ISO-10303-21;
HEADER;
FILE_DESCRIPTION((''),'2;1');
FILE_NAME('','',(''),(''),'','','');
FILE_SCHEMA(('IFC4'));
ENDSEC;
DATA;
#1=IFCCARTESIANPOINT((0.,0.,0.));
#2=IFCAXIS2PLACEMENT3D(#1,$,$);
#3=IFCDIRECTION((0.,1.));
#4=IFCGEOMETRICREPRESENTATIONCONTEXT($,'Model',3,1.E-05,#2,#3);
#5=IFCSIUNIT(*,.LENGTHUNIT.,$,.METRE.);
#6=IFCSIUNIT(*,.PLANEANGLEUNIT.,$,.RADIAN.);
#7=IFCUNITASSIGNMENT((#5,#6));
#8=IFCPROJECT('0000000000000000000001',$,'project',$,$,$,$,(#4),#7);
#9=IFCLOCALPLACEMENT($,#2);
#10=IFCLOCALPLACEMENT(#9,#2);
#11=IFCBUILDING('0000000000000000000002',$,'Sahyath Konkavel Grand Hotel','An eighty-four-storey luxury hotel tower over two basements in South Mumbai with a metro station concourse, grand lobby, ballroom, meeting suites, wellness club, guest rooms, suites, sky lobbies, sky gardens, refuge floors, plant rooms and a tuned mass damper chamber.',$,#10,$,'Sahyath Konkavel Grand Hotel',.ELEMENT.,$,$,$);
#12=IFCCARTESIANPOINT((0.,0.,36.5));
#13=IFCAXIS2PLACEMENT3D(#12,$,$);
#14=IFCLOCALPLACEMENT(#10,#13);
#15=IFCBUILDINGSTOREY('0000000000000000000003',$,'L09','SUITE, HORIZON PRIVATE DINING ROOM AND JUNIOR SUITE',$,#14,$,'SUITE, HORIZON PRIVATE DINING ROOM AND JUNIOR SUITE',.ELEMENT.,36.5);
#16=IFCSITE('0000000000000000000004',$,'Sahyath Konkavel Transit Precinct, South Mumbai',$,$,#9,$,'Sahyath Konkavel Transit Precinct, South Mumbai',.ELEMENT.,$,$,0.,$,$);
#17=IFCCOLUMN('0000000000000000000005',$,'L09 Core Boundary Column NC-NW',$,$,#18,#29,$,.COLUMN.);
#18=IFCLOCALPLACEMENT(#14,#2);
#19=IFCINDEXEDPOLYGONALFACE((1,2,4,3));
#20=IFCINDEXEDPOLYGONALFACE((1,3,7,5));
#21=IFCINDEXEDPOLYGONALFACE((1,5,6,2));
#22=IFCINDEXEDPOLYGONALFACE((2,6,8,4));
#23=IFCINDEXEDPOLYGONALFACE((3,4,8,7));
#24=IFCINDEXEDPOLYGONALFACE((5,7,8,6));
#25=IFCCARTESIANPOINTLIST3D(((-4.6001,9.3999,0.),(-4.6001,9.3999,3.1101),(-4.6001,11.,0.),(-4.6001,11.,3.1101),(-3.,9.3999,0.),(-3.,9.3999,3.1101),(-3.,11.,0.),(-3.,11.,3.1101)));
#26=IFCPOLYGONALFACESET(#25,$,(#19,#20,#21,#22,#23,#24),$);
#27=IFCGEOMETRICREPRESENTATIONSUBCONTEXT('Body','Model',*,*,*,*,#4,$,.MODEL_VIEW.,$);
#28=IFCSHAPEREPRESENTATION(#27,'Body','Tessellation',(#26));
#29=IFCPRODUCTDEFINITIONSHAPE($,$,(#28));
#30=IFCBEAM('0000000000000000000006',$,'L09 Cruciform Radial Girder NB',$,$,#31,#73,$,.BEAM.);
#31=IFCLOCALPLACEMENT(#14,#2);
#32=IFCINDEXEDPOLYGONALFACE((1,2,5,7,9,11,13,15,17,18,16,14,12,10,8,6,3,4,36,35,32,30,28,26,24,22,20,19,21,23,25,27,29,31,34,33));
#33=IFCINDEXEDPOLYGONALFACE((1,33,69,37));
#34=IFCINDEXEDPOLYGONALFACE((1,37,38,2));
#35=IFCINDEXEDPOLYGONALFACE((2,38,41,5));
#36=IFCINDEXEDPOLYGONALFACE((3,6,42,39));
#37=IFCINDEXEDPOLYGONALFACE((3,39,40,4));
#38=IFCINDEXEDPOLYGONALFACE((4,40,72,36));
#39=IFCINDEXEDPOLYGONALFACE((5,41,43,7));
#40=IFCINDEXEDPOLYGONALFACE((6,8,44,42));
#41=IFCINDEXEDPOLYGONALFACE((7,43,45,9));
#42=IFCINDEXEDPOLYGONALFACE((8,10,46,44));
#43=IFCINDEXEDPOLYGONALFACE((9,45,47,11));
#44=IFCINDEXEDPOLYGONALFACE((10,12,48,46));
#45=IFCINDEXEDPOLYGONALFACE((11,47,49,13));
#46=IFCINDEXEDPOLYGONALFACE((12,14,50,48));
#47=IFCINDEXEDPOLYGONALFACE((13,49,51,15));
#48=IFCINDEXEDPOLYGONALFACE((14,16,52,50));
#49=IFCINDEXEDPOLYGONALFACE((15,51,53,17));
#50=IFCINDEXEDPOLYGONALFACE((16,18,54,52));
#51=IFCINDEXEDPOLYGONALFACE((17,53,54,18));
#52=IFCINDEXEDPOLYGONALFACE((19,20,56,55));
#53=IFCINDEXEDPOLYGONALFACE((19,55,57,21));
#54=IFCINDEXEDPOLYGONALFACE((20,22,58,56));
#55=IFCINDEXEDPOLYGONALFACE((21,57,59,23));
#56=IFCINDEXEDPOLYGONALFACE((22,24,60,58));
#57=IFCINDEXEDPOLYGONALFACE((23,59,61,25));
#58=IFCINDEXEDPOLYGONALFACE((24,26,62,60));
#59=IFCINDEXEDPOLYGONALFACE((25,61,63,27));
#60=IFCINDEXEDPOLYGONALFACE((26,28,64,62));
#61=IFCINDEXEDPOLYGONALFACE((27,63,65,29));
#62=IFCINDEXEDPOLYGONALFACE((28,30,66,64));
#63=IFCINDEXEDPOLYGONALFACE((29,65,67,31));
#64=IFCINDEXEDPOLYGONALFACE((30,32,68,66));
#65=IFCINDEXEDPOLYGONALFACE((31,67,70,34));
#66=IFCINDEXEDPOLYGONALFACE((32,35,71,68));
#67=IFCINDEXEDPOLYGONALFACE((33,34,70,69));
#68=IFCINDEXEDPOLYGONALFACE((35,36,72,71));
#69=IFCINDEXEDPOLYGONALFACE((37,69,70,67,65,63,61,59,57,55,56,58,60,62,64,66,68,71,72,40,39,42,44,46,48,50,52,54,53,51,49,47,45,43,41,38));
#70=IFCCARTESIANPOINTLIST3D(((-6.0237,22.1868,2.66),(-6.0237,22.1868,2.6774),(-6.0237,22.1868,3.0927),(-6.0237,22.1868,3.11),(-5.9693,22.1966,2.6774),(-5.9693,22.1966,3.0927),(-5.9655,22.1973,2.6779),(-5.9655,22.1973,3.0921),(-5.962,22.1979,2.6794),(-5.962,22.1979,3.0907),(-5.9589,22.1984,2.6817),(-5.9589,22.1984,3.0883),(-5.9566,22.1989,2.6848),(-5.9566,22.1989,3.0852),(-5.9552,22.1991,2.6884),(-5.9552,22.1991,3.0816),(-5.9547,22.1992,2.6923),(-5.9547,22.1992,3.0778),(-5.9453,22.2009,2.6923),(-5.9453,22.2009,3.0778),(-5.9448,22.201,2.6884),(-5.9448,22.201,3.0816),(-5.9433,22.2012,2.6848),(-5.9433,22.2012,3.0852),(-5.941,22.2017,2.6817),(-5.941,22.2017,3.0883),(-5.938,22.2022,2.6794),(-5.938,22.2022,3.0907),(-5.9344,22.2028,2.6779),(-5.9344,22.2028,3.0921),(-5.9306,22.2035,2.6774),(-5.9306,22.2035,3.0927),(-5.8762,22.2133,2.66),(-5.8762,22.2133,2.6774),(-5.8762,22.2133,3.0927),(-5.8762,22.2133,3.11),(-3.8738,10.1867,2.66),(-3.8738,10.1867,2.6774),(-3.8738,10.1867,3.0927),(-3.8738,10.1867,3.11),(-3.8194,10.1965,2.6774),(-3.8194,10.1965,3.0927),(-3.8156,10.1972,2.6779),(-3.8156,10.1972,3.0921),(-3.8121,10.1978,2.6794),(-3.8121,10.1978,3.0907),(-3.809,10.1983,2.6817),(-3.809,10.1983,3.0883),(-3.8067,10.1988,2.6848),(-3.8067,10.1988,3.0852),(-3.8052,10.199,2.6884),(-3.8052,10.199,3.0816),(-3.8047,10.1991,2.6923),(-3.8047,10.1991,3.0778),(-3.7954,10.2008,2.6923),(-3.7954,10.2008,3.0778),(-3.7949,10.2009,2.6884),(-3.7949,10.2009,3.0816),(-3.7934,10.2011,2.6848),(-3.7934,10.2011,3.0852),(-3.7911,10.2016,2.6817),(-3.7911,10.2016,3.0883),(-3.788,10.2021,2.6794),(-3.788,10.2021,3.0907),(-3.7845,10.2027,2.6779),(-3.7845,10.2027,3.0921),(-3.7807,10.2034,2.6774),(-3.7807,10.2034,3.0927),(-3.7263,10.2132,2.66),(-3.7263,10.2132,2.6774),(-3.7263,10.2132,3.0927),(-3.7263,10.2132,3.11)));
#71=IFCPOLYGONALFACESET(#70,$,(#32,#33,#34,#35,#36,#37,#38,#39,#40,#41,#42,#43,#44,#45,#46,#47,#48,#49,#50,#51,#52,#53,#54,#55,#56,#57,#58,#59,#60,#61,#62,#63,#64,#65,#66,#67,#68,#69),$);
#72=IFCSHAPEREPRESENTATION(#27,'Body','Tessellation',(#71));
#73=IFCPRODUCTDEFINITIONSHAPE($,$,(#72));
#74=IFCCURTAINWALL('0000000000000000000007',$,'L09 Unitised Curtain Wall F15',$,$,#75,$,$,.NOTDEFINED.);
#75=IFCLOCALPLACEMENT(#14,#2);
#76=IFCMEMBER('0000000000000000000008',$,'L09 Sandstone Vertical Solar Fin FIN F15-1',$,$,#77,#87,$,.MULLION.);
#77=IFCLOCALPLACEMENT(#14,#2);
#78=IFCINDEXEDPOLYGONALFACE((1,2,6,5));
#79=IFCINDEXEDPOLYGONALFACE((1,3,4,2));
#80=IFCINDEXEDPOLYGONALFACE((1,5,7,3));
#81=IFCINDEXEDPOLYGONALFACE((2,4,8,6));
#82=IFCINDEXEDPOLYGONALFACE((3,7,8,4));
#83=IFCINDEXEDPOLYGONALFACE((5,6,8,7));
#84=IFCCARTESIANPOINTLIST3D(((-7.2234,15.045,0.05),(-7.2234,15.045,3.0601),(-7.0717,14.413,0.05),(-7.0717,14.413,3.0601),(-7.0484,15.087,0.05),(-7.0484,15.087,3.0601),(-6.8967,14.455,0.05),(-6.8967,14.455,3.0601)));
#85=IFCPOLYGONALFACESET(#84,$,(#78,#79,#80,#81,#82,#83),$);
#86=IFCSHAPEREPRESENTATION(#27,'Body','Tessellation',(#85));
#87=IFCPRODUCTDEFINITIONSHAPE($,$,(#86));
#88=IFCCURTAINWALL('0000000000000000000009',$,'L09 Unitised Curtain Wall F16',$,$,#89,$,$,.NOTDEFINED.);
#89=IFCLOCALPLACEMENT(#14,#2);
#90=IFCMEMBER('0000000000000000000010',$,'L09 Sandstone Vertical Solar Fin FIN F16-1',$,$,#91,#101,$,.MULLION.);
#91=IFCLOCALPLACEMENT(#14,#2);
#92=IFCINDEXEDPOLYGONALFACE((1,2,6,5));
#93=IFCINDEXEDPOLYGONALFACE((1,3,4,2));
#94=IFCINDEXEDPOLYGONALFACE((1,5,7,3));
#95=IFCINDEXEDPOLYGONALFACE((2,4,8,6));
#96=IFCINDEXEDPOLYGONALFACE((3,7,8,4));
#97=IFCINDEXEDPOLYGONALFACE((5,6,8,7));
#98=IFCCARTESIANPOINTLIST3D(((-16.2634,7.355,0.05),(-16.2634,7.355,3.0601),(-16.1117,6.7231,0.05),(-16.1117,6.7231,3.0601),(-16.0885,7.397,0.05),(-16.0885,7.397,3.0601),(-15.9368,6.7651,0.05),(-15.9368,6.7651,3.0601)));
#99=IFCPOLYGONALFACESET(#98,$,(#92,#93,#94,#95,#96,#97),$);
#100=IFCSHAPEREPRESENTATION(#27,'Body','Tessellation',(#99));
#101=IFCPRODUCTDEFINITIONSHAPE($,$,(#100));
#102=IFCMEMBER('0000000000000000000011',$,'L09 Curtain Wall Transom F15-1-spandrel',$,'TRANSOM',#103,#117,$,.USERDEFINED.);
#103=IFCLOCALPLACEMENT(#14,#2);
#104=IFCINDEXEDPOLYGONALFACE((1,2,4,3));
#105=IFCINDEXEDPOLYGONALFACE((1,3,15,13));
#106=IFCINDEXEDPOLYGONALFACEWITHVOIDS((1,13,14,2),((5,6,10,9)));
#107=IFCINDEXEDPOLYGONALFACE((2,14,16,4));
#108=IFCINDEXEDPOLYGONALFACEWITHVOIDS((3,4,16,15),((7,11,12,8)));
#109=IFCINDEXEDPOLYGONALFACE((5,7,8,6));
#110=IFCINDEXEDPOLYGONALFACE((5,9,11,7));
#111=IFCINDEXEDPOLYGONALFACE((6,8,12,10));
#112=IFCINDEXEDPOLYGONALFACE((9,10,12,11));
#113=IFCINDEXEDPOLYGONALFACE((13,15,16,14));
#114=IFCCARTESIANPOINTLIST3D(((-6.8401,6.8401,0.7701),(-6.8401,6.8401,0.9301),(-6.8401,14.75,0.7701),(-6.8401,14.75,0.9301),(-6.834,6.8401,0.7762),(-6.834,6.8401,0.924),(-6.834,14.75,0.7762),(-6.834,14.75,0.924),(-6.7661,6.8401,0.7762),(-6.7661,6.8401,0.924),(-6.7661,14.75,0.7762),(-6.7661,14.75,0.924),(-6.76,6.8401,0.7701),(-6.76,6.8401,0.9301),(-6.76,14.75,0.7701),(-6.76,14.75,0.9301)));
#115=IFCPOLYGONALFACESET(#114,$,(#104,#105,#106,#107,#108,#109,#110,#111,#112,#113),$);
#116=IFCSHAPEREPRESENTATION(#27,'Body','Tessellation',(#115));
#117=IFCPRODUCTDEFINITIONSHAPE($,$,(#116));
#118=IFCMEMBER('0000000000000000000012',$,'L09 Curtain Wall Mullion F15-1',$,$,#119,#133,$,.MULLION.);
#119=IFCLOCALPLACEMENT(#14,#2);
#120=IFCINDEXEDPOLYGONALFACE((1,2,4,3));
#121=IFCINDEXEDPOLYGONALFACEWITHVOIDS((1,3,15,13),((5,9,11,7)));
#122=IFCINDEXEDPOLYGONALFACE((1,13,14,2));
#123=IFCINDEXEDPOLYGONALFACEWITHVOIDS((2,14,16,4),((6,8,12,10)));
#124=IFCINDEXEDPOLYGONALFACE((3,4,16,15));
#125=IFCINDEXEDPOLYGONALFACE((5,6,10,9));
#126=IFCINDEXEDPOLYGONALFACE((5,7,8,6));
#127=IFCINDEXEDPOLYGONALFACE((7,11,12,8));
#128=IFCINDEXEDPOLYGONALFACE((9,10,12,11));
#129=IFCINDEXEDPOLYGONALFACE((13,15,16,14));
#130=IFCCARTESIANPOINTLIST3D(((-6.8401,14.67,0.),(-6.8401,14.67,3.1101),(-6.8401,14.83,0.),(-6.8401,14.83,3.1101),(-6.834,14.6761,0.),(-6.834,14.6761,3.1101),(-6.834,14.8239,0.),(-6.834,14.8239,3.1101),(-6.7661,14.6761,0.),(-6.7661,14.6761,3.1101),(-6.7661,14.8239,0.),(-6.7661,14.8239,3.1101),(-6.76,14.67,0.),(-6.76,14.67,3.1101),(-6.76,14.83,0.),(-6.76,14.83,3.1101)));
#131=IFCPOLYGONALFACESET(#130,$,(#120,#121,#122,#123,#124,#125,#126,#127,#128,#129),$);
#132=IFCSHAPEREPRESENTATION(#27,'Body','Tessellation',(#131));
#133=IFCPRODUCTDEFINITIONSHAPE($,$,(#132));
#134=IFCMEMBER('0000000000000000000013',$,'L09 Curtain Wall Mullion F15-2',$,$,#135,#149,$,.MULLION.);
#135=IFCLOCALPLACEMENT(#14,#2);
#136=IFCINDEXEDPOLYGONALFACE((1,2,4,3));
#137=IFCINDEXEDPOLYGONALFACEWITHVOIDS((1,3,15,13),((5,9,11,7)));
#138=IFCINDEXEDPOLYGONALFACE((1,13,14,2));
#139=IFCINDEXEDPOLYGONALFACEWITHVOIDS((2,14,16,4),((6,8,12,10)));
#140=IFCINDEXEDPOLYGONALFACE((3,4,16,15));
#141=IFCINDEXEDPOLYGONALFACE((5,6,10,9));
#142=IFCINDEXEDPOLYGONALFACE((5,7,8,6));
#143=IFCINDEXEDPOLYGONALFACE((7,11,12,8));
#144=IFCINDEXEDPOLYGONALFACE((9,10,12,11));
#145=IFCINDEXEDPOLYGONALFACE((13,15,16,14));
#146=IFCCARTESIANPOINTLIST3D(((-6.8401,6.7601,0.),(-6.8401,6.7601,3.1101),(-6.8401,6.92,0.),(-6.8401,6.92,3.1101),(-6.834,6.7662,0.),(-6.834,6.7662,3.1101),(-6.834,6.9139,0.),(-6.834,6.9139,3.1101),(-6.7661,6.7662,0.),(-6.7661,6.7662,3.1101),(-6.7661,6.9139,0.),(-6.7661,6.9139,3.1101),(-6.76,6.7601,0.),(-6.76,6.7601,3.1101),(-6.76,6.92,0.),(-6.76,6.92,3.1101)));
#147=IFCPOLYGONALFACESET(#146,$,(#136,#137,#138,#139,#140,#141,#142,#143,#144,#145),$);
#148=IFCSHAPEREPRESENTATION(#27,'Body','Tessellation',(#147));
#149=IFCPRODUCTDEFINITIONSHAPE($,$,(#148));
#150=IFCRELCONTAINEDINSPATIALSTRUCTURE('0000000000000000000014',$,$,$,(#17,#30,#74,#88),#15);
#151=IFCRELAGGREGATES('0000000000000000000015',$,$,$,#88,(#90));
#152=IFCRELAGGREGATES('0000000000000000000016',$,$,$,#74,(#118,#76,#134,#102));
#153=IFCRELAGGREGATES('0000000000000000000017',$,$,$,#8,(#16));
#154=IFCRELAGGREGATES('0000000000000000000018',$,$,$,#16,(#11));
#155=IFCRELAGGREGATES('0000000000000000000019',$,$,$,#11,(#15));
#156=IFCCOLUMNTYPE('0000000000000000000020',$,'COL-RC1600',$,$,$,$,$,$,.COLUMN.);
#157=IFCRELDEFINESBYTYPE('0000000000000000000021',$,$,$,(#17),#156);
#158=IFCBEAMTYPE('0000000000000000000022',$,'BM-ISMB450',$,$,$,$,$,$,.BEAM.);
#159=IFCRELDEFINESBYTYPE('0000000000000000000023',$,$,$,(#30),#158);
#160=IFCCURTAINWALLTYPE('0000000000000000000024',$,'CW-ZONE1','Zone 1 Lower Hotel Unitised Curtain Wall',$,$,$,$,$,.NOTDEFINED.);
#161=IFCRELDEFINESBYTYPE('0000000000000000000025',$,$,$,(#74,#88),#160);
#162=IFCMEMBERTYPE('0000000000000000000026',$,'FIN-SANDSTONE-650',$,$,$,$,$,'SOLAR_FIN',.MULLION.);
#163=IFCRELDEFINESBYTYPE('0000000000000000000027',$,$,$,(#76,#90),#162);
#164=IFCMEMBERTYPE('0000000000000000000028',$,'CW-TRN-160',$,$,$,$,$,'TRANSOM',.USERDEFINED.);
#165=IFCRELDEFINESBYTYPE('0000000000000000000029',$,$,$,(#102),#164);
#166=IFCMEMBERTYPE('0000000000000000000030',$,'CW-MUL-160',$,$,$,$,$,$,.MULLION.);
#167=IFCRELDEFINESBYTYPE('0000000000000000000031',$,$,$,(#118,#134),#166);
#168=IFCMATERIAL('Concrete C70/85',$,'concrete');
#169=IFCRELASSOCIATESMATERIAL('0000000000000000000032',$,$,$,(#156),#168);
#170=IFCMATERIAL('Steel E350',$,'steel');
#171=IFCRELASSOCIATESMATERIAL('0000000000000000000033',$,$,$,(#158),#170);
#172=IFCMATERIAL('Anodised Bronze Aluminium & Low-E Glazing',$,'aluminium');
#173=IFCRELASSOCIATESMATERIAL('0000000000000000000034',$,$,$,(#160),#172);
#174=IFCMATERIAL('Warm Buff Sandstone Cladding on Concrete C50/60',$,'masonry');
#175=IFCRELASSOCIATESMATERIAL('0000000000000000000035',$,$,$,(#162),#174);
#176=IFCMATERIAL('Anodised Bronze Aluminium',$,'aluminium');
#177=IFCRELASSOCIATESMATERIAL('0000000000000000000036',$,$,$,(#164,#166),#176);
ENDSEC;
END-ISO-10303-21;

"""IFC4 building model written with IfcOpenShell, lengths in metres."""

from ifc_helpers import new_model, si_unit, direction, frame, origin, origin_2d, place, context, subcontext, project, spatial, rectangle, hollow_rectangle, i_section, extrude, source, transform, mapped, material, material_profile, profile_set, type_object, element, aggregate, save


model = new_model("IFC4")

# Units and contexts
model_context = context("Model", 3, precision=1e-05, world=origin(), true_north=direction((0.0, 1.0)))
body_context = subcontext(model_context, "Body", "Model", "MODEL_VIEW")
ifc_project = project(units=[si_unit("LENGTHUNIT", "METRE"), si_unit("PLANEANGLEUNIT", "RADIAN")], contexts=[model_context])

# Site, building, storey
site_placement = place(None, origin())
site = spatial("IfcSite", under=ifc_project, at=site_placement, Name="Sahyath Konkavel Transit Precinct, South Mumbai", LongName="Sahyath Konkavel Transit Precinct, South Mumbai", CompositionType="ELEMENT", RefElevation=0.0)
building_placement = place(site_placement, origin())
building = spatial("IfcBuilding", under=site, at=building_placement, Name="Sahyath Konkavel Grand Hotel", Description="An eighty-four-storey luxury hotel tower over two basements in South Mumbai with a metro station concourse, grand lobby, ballroom, meeting suites, wellness club, guest rooms, suites, sky lobbies, sky gardens, refuge floors, plant rooms and a tuned mass damper chamber.", LongName="Sahyath Konkavel Grand Hotel", CompositionType="ELEMENT")
storey_placement = place(building_placement, frame((0.0, 0.0, 36.5)))
storey = spatial("IfcBuildingStorey", under=building, at=storey_placement, Name="L09", Description="SUITE, HORIZON PRIVATE DINING ROOM AND JUNIOR SUITE", LongName="SUITE, HORIZON PRIVATE DINING ROOM AND JUNIOR SUITE", CompositionType="ELEMENT", Elevation=36.5)

# Column
ifc_material_1 = material(Name="Concrete C70/85", Category="concrete")
ifc_material_profile_1 = material_profile(ifc_material_1, rectangle(XDim=1.6001, YDim=1.6001, at=origin_2d()), Name="RC 1600x1600")
ifc_profile_set_1 = profile_set([ifc_material_profile_1], Name="Concrete C70/85")
column_type = type_object("IfcColumnType", Name="COL-RC1600", PredefinedType="COLUMN", material=ifc_profile_set_1)
shared_shape_1 = source(origin(), body_context, "Body", "SweptSolid", [
    extrude(rectangle(XDim=1.6001, YDim=1.6001, at=origin_2d()), origin(), (0.0, 0.0, 1.0), 3.1101),
])
column_placement = place(storey_placement, frame((-3.8, 10.2, 0.0), z_axis=(0.0, 0.0, 1.0), x_axis=(1.0, 0.0, 0.0)))
element("IfcColumn", 1, at=column_placement, inside=storey, type_object=column_type, Name="L09 Core Boundary Column NC-NW", PredefinedType="COLUMN", context=body_context, shape_type="MappedRepresentation", body=[
    mapped(shared_shape_1, transform((0.0, 0.0, 0.0), scale=1.0)),
])

# Beam
ifc_material_2 = material(Name="Steel E350", Category="steel")
ifc_material_profile_2 = material_profile(ifc_material_2, i_section(OverallWidth=0.1499, OverallDepth=0.45, WebThickness=0.0095, FlangeThickness=0.0173, FilletRadius=0.0149, at=origin_2d()), Name="ISMB 450")
ifc_profile_set_2 = profile_set([ifc_material_profile_2], Name="Steel E350")
beam_type_1 = type_object("IfcBeamType", Name="BM-ISMB450", PredefinedType="BEAM", material=ifc_profile_set_2)
shared_shape_2 = source(origin(), body_context, "Body", "SweptSolid", [
    extrude(i_section(OverallWidth=0.1499, OverallDepth=0.45, WebThickness=0.0095, FlangeThickness=0.0173, FilletRadius=0.0149, at=origin_2d()), origin(), (0.0, 0.0, 1.0), 12.1912),
])
beam_1_placement = place(storey_placement, frame((-3.8, 10.2, 2.885), z_axis=(-0.176351, 0.984327, 0.0), x_axis=(-0.984327, -0.176351, 0.0)))
element("IfcBeam", 2, at=beam_1_placement, inside=storey, type_object=beam_type_1, Name="L09 Cruciform Radial Girder NB", PredefinedType="BEAM", context=body_context, shape_type="MappedRepresentation", body=[
    mapped(shared_shape_2, transform((0.0, 0.0, 0.0), scale=1.0)),
])

# Curtain walls, members
ifc_material_3 = material(Name="Anodised Bronze Aluminium & Low-E Glazing", Category="aluminium")
curtain_wall_type = type_object("IfcCurtainWallType", Name="CW-ZONE1", Description="Zone 1 Lower Hotel Unitised Curtain Wall", PredefinedType="NOTDEFINED", material=ifc_material_3)
curtain_wall_1_placement = place(storey_placement, origin())
curtain_wall_1 = element("IfcCurtainWall", 3, at=curtain_wall_1_placement, inside=storey, type_object=curtain_wall_type, Name="L09 Unitised Curtain Wall F15", PredefinedType="NOTDEFINED")
ifc_material_4 = material(Name="Warm Buff Sandstone Cladding on Concrete C50/60", Category="masonry")
ifc_material_profile_3 = material_profile(ifc_material_4, rectangle(XDim=0.1799, YDim=0.6499, at=origin_2d()), Name="FIN 180x650")
ifc_profile_set_3 = profile_set([ifc_material_profile_3], Name="Warm Buff Sandstone Cladding on Concrete C50/60")
member_type_1 = type_object("IfcMemberType", Name="FIN-SANDSTONE-650", ElementType="SOLAR_FIN", PredefinedType="MULLION", material=ifc_profile_set_3)
shared_shape_3 = source(origin(), body_context, "Body", "SweptSolid", [
    extrude(rectangle(XDim=0.1799, YDim=0.6499, at=origin_2d()), origin(), (0.0, 0.0, 1.0), 3.01),
])
member_1_placement = place(storey_placement, frame((-7.0601, 14.75, 0.05), z_axis=(0.0, 0.0, 1.0), x_axis=(0.97237, 0.233445, 0.0)))
member_1 = element("IfcMember", 4, at=member_1_placement, type_object=member_type_1, Name="L09 Sandstone Vertical Solar Fin FIN F15-1", PredefinedType="MULLION", context=body_context, shape_type="MappedRepresentation", body=[
    mapped(shared_shape_3, transform((0.0, 0.0, 0.0), scale=1.0)),
])
curtain_wall_2_placement = place(storey_placement, origin())
curtain_wall_2 = element("IfcCurtainWall", 5, at=curtain_wall_2_placement, inside=storey, type_object=curtain_wall_type, Name="L09 Unitised Curtain Wall F16", PredefinedType="NOTDEFINED")
member_2_placement = place(storey_placement, frame((-16.1001, 7.0601, 0.05), z_axis=(0.0, 0.0, 1.0), x_axis=(0.97237, 0.233445, 0.0)))
member_2 = element("IfcMember", 6, at=member_2_placement, type_object=member_type_1, Name="L09 Sandstone Vertical Solar Fin FIN F16-1", PredefinedType="MULLION", context=body_context, shape_type="MappedRepresentation", body=[
    mapped(shared_shape_3, transform((0.0, 0.0, 0.0), scale=1.0)),
])
aggregate(curtain_wall_2, [member_2])

# Members
ifc_material_5 = material(Name="Anodised Bronze Aluminium", Category="aluminium")
ifc_material_profile_4 = material_profile(ifc_material_5, hollow_rectangle(XDim=0.0801, YDim=0.1599, WallThickness=0.0061, at=origin_2d()), Name="RHS 160x80x6")
ifc_profile_set_4 = profile_set([ifc_material_profile_4], Name="Anodised Bronze Aluminium")
member_type_2 = type_object("IfcMemberType", Name="CW-TRN-160", ElementType="TRANSOM", PredefinedType="USERDEFINED", material=ifc_profile_set_4)
shared_shape_4 = source(origin(), body_context, "Body", "SweptSolid", [
    extrude(hollow_rectangle(XDim=0.0801, YDim=0.1599, WallThickness=0.0061, at=origin_2d()), origin(), (0.0, 0.0, 1.0), 7.9099),
])
member_3_placement = place(storey_placement, frame((-6.8, 14.75, 0.8501), z_axis=(0.0, -1.0, 0.0), x_axis=(1.0, 0.0, 0.0)))
member_3 = element("IfcMember", 7, at=member_3_placement, type_object=member_type_2, Name="L09 Curtain Wall Transom F15-1-spandrel", ObjectType="TRANSOM", PredefinedType="USERDEFINED", context=body_context, shape_type="MappedRepresentation", body=[
    mapped(shared_shape_4, transform((0.0, 0.0, 0.0), scale=1.0)),
])
ifc_material_profile_5 = material_profile(ifc_material_5, hollow_rectangle(XDim=0.0801, YDim=0.1599, WallThickness=0.0061, at=origin_2d()), Name="RHS 160x80x6")
ifc_profile_set_5 = profile_set([ifc_material_profile_5], Name="Anodised Bronze Aluminium")
member_type_3 = type_object("IfcMemberType", Name="CW-MUL-160", PredefinedType="MULLION", material=ifc_profile_set_5)
shared_shape_5 = source(origin(), body_context, "Body", "SweptSolid", [
    extrude(hollow_rectangle(XDim=0.0801, YDim=0.1599, WallThickness=0.0061, at=origin_2d()), origin(), (0.0, 0.0, 1.0), 3.1101),
])
member_4_placement = place(storey_placement, frame((-6.8, 14.75, 0.0), z_axis=(0.0, 0.0, 1.0), x_axis=(1.0, 0.0, 0.0)))
member_4 = element("IfcMember", 8, at=member_4_placement, type_object=member_type_3, Name="L09 Curtain Wall Mullion F15-1", PredefinedType="MULLION", context=body_context, shape_type="MappedRepresentation", body=[
    mapped(shared_shape_5, transform((0.0, 0.0, 0.0), scale=1.0)),
])
member_5_placement = place(storey_placement, frame((-6.8, 6.8401, 0.0), z_axis=(0.0, 0.0, 1.0), x_axis=(1.0, 0.0, 0.0)))
member_5 = element("IfcMember", 9, at=member_5_placement, type_object=member_type_3, Name="L09 Curtain Wall Mullion F15-2", PredefinedType="MULLION", context=body_context, shape_type="MappedRepresentation", body=[
    mapped(shared_shape_5, transform((0.0, 0.0, 0.0), scale=1.0)),
])

aggregate(curtain_wall_1, [member_4, member_1, member_5, member_3])

save(model, "model.ifc")
